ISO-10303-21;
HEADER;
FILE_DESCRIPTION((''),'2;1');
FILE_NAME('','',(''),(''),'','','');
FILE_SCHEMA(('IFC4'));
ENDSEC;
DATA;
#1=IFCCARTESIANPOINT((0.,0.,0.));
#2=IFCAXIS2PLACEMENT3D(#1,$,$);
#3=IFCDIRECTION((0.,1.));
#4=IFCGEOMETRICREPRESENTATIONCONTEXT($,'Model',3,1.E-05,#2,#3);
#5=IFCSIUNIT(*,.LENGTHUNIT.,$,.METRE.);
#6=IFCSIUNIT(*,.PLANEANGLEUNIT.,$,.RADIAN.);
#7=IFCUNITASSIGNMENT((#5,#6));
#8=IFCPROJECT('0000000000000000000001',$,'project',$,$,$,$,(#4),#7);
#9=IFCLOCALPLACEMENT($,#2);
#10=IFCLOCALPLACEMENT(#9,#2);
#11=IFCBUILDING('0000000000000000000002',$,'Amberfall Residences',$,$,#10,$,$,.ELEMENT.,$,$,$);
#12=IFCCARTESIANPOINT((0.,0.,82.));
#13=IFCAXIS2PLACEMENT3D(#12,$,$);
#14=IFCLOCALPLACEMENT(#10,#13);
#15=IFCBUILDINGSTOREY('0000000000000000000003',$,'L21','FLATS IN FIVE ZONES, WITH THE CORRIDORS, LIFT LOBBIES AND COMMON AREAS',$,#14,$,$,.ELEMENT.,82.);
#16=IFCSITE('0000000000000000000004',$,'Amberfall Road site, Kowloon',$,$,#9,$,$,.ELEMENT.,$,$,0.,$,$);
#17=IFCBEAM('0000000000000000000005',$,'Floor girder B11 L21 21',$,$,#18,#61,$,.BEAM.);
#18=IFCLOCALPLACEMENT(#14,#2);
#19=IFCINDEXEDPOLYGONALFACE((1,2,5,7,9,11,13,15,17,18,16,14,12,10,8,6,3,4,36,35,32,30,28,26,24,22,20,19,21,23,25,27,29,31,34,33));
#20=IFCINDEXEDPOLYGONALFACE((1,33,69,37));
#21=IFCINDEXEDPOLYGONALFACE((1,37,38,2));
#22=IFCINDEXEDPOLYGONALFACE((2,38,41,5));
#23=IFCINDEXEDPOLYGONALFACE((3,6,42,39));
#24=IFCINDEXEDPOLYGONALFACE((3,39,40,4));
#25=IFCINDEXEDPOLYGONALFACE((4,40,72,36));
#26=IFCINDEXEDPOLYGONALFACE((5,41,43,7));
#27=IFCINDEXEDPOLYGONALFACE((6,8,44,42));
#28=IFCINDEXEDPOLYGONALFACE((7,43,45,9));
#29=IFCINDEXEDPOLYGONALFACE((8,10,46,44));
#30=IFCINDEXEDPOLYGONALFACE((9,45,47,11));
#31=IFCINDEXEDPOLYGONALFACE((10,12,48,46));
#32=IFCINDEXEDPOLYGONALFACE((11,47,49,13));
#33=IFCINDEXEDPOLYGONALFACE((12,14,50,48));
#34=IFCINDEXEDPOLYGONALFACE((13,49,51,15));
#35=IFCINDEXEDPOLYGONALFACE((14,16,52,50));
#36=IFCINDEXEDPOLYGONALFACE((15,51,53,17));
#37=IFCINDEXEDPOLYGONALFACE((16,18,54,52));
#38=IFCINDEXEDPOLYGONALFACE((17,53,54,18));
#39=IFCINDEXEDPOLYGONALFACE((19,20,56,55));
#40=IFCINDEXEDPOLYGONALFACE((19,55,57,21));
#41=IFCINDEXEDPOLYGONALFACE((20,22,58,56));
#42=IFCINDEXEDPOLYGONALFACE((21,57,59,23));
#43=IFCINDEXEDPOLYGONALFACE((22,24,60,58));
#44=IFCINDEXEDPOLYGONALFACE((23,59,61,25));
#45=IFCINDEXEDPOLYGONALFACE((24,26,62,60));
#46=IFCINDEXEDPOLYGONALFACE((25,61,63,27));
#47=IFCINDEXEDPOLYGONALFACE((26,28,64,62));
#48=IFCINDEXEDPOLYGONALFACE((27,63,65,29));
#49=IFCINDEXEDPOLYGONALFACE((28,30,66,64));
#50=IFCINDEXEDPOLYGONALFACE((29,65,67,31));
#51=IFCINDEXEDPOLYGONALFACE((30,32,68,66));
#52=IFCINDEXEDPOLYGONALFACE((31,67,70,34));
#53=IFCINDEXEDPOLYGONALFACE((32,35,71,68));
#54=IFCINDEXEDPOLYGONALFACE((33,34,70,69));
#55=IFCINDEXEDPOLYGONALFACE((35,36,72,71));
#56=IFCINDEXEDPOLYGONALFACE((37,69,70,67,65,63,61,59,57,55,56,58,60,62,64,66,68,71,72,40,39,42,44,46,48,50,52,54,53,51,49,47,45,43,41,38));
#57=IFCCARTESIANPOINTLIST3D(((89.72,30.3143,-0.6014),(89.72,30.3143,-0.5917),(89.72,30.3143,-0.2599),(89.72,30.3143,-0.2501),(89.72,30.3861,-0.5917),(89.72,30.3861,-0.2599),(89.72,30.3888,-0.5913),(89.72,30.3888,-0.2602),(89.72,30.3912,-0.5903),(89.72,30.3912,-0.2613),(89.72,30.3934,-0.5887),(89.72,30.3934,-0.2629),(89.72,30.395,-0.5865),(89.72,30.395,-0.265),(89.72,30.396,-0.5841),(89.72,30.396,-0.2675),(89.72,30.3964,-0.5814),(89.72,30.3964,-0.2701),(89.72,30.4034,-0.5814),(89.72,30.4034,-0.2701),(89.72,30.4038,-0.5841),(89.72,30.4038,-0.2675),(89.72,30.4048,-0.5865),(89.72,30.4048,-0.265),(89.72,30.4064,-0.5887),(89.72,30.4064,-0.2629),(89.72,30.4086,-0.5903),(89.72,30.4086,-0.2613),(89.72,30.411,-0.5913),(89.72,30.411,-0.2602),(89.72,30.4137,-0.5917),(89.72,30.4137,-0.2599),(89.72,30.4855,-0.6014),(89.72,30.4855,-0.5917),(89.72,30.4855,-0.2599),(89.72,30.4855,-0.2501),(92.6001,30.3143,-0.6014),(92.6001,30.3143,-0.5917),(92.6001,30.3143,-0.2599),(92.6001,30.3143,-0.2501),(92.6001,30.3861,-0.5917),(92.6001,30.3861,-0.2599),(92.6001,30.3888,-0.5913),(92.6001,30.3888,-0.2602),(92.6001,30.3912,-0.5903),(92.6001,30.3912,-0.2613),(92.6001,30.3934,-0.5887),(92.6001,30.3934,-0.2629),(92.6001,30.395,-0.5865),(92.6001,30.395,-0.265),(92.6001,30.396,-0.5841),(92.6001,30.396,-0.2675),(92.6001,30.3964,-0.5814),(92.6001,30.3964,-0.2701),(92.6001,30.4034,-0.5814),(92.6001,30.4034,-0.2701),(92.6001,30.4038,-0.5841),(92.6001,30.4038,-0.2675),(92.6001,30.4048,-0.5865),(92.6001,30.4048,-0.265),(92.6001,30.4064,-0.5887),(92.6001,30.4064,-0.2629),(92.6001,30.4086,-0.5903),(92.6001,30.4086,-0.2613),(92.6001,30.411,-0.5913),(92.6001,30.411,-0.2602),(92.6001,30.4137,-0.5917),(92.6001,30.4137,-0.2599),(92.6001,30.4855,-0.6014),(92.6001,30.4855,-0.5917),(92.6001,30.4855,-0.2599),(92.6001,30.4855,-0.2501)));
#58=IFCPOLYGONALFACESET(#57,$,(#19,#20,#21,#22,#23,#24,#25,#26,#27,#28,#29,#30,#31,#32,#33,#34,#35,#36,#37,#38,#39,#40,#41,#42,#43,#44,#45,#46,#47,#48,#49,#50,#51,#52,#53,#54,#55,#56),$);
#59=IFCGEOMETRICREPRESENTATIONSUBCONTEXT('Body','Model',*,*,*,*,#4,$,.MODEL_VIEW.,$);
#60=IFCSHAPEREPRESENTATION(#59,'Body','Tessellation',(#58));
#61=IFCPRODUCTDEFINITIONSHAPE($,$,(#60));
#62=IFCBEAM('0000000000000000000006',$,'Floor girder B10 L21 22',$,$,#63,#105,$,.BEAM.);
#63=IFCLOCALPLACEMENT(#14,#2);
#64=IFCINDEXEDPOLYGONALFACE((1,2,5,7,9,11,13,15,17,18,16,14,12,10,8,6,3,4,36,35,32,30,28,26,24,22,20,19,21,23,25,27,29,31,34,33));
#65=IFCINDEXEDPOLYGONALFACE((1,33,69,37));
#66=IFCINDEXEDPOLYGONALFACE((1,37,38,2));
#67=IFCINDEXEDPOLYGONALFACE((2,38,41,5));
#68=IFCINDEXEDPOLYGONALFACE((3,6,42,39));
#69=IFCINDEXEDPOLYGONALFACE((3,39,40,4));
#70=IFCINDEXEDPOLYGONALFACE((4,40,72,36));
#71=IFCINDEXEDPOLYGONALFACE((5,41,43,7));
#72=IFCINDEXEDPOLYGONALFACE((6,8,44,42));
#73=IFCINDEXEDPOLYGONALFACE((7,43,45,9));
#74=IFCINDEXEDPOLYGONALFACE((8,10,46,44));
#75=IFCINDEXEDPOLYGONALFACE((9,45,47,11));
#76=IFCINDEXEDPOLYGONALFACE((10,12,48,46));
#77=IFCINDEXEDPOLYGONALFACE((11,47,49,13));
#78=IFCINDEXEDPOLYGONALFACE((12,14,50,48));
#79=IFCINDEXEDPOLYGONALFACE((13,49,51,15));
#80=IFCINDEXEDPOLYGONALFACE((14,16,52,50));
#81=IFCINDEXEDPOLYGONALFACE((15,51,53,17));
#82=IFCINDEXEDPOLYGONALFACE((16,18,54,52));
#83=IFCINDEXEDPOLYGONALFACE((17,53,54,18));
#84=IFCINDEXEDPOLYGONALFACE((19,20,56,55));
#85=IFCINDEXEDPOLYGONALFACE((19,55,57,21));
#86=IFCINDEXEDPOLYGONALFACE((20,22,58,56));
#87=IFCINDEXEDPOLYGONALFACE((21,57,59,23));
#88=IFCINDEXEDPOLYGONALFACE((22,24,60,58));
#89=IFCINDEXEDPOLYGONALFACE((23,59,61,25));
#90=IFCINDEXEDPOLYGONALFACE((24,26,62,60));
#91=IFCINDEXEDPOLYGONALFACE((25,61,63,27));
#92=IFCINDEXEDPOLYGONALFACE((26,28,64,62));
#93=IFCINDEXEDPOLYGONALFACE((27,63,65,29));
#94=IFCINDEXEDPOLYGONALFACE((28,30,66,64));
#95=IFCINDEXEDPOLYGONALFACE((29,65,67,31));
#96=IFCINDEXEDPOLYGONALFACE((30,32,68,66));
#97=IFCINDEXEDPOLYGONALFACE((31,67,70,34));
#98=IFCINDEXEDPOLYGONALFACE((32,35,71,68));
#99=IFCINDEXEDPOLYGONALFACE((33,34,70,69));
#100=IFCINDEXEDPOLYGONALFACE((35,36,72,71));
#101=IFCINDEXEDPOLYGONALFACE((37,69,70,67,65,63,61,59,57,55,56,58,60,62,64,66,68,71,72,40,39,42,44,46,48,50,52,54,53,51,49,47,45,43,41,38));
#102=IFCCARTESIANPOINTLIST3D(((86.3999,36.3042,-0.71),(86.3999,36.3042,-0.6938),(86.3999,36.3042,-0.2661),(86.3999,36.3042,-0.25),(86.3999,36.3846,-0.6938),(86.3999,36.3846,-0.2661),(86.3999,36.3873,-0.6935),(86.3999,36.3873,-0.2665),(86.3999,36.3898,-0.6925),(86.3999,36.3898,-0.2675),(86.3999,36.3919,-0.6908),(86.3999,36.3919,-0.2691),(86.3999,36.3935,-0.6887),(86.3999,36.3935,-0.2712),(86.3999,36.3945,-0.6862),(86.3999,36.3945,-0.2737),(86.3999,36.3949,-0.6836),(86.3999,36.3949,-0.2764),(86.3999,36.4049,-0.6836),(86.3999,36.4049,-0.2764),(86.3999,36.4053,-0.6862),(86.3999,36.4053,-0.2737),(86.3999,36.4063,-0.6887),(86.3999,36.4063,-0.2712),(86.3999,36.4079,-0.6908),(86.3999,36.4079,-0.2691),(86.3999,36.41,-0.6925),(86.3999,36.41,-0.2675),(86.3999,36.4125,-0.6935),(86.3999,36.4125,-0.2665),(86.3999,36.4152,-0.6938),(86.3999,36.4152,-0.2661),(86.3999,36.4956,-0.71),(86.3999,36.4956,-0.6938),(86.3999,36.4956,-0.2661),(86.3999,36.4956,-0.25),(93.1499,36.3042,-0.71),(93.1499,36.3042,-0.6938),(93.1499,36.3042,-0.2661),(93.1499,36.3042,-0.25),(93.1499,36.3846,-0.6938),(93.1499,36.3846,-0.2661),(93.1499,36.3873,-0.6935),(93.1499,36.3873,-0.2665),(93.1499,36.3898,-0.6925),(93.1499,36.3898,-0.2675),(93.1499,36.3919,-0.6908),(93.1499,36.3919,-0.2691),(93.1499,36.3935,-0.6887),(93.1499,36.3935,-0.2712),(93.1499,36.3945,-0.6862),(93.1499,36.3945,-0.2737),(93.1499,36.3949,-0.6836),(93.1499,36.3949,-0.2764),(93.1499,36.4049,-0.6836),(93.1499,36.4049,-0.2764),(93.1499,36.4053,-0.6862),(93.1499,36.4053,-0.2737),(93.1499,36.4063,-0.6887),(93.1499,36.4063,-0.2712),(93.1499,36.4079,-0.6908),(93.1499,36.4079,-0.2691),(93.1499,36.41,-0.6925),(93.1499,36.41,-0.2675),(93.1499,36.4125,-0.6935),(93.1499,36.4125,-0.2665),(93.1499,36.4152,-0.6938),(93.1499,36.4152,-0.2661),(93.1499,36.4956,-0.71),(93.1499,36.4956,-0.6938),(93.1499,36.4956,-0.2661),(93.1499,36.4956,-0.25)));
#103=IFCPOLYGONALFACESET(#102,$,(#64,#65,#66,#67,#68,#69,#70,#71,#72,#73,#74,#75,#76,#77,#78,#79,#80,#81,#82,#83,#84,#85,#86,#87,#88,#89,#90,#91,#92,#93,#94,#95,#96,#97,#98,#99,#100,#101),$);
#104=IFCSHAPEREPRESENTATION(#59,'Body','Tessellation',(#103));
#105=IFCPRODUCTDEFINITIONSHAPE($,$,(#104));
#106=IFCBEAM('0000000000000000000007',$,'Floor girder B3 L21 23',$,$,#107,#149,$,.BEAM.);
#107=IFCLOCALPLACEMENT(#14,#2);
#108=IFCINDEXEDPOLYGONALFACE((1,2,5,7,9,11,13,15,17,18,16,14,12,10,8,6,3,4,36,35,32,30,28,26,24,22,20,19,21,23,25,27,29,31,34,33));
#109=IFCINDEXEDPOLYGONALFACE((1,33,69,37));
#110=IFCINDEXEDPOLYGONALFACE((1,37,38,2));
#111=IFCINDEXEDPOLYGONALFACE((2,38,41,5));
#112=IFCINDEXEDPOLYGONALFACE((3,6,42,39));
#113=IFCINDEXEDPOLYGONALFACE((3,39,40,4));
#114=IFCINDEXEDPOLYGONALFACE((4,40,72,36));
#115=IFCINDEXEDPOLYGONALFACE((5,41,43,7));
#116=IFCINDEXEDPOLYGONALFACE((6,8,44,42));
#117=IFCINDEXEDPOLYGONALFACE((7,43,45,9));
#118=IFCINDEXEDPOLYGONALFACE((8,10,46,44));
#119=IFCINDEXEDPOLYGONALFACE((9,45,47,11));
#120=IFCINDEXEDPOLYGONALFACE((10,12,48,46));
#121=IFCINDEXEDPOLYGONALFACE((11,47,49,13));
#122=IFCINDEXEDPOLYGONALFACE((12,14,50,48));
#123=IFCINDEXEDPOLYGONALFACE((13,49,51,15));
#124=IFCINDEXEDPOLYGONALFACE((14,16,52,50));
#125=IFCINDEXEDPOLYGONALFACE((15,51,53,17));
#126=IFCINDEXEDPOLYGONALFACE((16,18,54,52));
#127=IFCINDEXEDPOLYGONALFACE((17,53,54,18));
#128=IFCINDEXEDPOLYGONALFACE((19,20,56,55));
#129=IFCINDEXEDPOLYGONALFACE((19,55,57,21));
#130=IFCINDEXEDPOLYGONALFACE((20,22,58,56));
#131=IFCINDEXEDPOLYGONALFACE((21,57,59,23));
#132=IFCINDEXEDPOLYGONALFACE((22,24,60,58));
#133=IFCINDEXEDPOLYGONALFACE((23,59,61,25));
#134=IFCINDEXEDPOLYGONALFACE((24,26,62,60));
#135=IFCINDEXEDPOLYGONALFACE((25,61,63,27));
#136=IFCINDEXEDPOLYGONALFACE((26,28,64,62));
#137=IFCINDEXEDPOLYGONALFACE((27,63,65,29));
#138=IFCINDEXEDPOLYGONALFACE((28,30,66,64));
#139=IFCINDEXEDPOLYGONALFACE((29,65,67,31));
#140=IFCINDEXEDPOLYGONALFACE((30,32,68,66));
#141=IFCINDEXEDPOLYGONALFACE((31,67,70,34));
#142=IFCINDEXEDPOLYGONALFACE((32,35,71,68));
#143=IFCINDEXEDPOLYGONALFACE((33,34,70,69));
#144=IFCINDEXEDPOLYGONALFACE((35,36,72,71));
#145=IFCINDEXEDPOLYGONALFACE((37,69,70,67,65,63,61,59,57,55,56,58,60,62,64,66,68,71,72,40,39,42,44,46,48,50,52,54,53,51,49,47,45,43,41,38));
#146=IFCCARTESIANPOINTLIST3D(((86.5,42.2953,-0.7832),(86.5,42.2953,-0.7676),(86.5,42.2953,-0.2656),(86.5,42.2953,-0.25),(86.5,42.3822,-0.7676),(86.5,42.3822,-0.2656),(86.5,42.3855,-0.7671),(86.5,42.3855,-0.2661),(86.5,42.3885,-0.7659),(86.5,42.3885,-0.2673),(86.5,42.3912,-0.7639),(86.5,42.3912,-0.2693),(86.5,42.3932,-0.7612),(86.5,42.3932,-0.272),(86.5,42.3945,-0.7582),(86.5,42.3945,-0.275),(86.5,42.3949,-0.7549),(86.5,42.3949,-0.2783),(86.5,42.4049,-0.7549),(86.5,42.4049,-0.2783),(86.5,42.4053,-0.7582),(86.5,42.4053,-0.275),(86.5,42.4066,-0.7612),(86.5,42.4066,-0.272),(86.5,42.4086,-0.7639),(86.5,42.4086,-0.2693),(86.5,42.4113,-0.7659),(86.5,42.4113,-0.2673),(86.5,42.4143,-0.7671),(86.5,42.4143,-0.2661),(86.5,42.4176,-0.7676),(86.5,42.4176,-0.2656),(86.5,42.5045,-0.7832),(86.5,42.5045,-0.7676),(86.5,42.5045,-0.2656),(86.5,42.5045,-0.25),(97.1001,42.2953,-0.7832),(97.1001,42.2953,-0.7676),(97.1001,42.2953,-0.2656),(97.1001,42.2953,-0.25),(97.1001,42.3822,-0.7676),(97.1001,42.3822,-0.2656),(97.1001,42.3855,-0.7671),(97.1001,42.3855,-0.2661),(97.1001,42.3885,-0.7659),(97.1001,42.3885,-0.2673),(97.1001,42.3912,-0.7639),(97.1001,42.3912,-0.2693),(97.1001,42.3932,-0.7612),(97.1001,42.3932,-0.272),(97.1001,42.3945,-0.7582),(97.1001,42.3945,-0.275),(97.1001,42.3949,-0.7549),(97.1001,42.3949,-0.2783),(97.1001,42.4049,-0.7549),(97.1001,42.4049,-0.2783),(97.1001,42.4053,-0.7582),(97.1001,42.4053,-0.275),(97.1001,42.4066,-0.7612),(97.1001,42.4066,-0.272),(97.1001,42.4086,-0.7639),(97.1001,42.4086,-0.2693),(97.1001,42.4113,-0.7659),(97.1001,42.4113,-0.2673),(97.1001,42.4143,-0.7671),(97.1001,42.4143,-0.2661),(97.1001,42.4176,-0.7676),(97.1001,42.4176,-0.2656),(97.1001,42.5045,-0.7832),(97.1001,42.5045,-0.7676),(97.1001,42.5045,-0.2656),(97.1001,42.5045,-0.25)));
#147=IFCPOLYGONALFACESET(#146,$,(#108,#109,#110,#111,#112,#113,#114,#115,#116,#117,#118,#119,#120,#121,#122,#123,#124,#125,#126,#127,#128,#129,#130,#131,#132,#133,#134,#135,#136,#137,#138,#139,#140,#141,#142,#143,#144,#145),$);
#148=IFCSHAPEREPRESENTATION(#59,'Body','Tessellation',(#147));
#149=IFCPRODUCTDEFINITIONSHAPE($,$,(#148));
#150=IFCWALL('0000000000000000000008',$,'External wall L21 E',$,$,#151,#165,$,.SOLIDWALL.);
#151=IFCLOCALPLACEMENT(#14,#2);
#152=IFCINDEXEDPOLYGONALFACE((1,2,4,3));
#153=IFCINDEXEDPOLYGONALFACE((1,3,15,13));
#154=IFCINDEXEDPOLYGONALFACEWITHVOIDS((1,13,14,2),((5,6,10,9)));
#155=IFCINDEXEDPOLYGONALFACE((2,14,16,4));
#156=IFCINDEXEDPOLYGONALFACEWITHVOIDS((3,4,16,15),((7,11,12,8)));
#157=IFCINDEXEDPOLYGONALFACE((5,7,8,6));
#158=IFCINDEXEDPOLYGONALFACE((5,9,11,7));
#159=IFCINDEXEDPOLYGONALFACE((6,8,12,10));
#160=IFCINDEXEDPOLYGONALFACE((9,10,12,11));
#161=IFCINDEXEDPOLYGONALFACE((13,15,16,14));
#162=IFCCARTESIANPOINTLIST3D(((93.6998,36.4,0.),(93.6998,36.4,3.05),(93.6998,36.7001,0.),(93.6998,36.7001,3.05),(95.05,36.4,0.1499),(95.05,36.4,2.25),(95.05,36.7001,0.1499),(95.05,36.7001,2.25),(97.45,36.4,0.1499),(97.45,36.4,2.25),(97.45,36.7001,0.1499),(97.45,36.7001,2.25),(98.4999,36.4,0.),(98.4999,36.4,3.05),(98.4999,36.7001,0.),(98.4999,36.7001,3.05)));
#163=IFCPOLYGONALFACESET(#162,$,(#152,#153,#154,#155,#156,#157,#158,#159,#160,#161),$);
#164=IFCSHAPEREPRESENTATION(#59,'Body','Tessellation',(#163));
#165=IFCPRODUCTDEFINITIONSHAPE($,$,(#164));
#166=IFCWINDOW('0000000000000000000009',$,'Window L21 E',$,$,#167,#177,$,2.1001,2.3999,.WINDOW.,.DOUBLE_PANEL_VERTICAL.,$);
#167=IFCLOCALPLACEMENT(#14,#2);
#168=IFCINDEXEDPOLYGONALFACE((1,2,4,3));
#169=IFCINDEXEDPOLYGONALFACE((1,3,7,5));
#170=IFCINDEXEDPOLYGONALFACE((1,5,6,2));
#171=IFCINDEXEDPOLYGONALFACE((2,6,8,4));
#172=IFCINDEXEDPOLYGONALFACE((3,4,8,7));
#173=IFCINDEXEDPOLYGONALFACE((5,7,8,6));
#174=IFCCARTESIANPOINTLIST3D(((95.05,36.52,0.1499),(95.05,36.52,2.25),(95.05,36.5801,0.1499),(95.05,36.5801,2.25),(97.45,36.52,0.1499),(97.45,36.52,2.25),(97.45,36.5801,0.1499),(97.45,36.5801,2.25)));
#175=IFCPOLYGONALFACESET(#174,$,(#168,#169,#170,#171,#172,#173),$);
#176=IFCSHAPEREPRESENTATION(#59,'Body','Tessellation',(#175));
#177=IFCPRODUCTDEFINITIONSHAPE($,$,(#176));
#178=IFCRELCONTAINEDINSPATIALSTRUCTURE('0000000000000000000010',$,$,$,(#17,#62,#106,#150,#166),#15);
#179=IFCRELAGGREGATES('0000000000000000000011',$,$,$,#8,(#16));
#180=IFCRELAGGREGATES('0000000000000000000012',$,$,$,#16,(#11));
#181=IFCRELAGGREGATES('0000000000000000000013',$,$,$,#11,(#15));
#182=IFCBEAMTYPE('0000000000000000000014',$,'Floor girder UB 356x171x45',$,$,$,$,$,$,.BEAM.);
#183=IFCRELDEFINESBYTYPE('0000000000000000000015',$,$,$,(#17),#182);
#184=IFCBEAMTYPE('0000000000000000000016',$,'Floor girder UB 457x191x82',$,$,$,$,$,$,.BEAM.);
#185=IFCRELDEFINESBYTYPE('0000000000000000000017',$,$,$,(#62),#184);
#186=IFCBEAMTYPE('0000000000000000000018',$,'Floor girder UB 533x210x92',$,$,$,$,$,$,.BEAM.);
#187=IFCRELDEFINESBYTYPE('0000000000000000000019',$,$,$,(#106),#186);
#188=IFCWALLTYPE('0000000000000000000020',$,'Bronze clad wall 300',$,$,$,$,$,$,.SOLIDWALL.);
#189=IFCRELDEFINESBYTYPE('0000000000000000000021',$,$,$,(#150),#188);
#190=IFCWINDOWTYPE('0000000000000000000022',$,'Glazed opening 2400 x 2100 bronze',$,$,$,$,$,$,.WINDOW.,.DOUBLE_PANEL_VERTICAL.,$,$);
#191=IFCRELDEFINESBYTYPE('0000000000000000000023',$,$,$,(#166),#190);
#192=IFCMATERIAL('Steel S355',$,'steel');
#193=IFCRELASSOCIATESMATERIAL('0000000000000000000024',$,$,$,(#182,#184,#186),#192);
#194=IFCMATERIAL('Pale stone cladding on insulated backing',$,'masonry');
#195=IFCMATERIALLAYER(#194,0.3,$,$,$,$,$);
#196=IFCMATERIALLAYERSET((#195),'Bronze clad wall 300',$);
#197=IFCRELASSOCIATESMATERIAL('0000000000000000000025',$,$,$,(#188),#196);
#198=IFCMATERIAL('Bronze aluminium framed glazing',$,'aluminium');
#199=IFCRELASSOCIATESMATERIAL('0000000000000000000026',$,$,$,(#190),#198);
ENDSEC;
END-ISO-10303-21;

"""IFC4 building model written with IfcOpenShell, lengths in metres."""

from ifc_helpers import new_model, si_unit, direction, frame, frame_2d, origin, origin_2d, place, context, subcontext, project, spatial, rectangle, i_section, extrude, material, layer, layer_set, material_profile, profile_set, type_object, element, fill, save


model = new_model("IFC4")

# Units and contexts
model_context = context("Model", 3, precision=1e-05, world=origin(), true_north=direction((0.0, 1.0)))
body_context = subcontext(model_context, "Body", "Model", "MODEL_VIEW")
ifc_project = project(units=[si_unit("LENGTHUNIT", "METRE"), si_unit("PLANEANGLEUNIT", "RADIAN")], contexts=[model_context])

# Site, building, storey
site_placement = place(None, origin())
site = spatial("IfcSite", under=ifc_project, at=site_placement, Name="Amberfall Road site, Kowloon", CompositionType="ELEMENT", RefElevation=0.0)
building_placement = place(site_placement, origin())
building = spatial("IfcBuilding", under=site, at=building_placement, Name="Amberfall Residences", CompositionType="ELEMENT")
storey_placement = place(building_placement, frame((0.0, 0.0, 82.0)))
storey = spatial("IfcBuildingStorey", under=building, at=storey_placement, Name="L21", Description="FLATS IN FIVE ZONES, WITH THE CORRIDORS, LIFT LOBBIES AND COMMON AREAS", CompositionType="ELEMENT", Elevation=82.0)

# Beams
ifc_material_1 = material(Name="Steel S355", Category="steel")
ifc_material_profile_1 = material_profile(ifc_material_1, i_section(OverallWidth=0.1711, OverallDepth=0.3513, WebThickness=0.0071, FlangeThickness=0.0098, FilletRadius=0.0103, at=origin_2d()), Name="UB 356x171x45")
ifc_profile_set_1 = profile_set([ifc_material_profile_1], Name="Steel S355")
beam_type_1 = type_object("IfcBeamType", Name="Floor girder UB 356x171x45", PredefinedType="BEAM", material=ifc_profile_set_1)
beam_1_placement = place(storey_placement, frame((92.6001, 30.3999, -0.4258), z_axis=(-1.0, 0.0, 0.0), x_axis=(0.0, -1.0, 0.0)))
element("IfcBeam", 1, at=beam_1_placement, inside=storey, type_object=beam_type_1, Name="Floor girder B11 L21 21", PredefinedType="BEAM", context=body_context, shape_type="SweptSolid", body=[
    extrude(i_section(OverallWidth=0.1711, OverallDepth=0.3513, WebThickness=0.0071, FlangeThickness=0.0098, FilletRadius=0.0103, at=origin_2d()), origin(), (0.0, 0.0, 1.0), 2.8801),
])
ifc_material_profile_2 = material_profile(ifc_material_1, i_section(OverallWidth=0.1914, OverallDepth=0.46, WebThickness=0.01, FlangeThickness=0.0161, FilletRadius=0.0103, at=origin_2d()), Name="UB 457x191x82")
ifc_profile_set_2 = profile_set([ifc_material_profile_2], Name="Steel S355")
beam_type_2 = type_object("IfcBeamType", Name="Floor girder UB 457x191x82", PredefinedType="BEAM", material=ifc_profile_set_2)
beam_2_placement = place(storey_placement, frame((93.1499, 36.3999, -0.48), z_axis=(-1.0, 0.0, 0.0), x_axis=(0.0, -1.0, 0.0)))
element("IfcBeam", 2, at=beam_2_placement, inside=storey, type_object=beam_type_2, Name="Floor girder B10 L21 22", PredefinedType="BEAM", context=body_context, shape_type="SweptSolid", body=[
    extrude(i_section(OverallWidth=0.1914, OverallDepth=0.46, WebThickness=0.01, FlangeThickness=0.0161, FilletRadius=0.0103, at=origin_2d()), origin(), (0.0, 0.0, 1.0), 6.75),
])
ifc_material_profile_3 = material_profile(ifc_material_1, i_section(OverallWidth=0.2092, OverallDepth=0.5332, WebThickness=0.01, FlangeThickness=0.0156, FilletRadius=0.0127, at=origin_2d()), Name="UB 533x210x92")
ifc_profile_set_3 = profile_set([ifc_material_profile_3], Name="Steel S355")
beam_type_3 = type_object("IfcBeamType", Name="Floor girder UB 533x210x92", PredefinedType="BEAM", material=ifc_profile_set_3)
beam_3_placement = place(storey_placement, frame((97.1001, 42.3999, -0.5166), z_axis=(-1.0, 0.0, 0.0), x_axis=(0.0, -1.0, 0.0)))
element("IfcBeam", 3, at=beam_3_placement, inside=storey, type_object=beam_type_3, Name="Floor girder B3 L21 23", PredefinedType="BEAM", context=body_context, shape_type="SweptSolid", body=[
    extrude(i_section(OverallWidth=0.2092, OverallDepth=0.5332, WebThickness=0.01, FlangeThickness=0.0156, FilletRadius=0.0127, at=origin_2d()), origin(), (0.0, 0.0, 1.0), 10.6001),
])

# Wall, opening, window
ifc_material_2 = material(Name="Pale stone cladding on insulated backing", Category="masonry")
ifc_layer_1 = layer(ifc_material_2, 0.3)
ifc_layer_set_1 = layer_set([ifc_layer_1], Name="Bronze clad wall 300")
wall_type_1 = type_object("IfcWallType", Name="Bronze clad wall 300", PredefinedType="SOLIDWALL", material=ifc_layer_set_1)
wall_1_placement = place(storey_placement, frame((93.7, 36.55, 0.0), z_axis=(0.0, 0.0, 1.0), x_axis=(1.0, 0.0, 0.0)))
wall_1 = element("IfcWall", 4, at=wall_1_placement, inside=storey, type_object=wall_type_1, Name="External wall L21 E", PredefinedType="SOLIDWALL", context=body_context, shape_type="SweptSolid", body=[
    extrude(rectangle(XDim=4.8, YDim=0.3, at=frame_2d((2.3999, 0.0))), origin(), (0.0, 0.0, 1.0), 3.05),
])
opening_1_placement = place(wall_1_placement, frame((1.3501, 0.0, 0.1499)))
opening_1 = element("IfcOpeningElement", 5, at=opening_1_placement, cuts=wall_1, PredefinedType="OPENING", context=body_context, shape_type="SweptSolid", body=[
    extrude(rectangle(XDim=2.3999, YDim=2.1001, at=frame_2d((1.2, 1.05))), frame((0.0, 0.1599, 0.0), z_axis=(0.0, -1.0, 0.0), x_axis=(1.0, 0.0, 0.0)), (0.0, 0.0, 1.0), 0.3201),
])
ifc_material_3 = material(Name="Bronze aluminium framed glazing", Category="aluminium")
window_type_1 = type_object("IfcWindowType", Name="Glazed opening 2400 x 2100 bronze", PartitioningType="DOUBLE_PANEL_VERTICAL", PredefinedType="WINDOW", material=ifc_material_3)
window_1_placement = place(opening_1_placement, origin())
window_1 = element("IfcWindow", 6, at=window_1_placement, inside=storey, type_object=window_type_1, Name="Window L21 E", OverallHeight=2.1001, OverallWidth=2.3999, PartitioningType="DOUBLE_PANEL_VERTICAL", PredefinedType="WINDOW", context=body_context, shape_type="SweptSolid", body=[
    extrude(rectangle(XDim=2.3999, YDim=2.1001, at=frame_2d((1.2, 1.05))), frame((0.0, 0.03, 0.0), z_axis=(0.0, -1.0, 0.0), x_axis=(1.0, 0.0, 0.0)), (0.0, 0.0, 1.0), 0.0601),
])
fill(opening_1, window_1)

save(model, "model.ifc")
